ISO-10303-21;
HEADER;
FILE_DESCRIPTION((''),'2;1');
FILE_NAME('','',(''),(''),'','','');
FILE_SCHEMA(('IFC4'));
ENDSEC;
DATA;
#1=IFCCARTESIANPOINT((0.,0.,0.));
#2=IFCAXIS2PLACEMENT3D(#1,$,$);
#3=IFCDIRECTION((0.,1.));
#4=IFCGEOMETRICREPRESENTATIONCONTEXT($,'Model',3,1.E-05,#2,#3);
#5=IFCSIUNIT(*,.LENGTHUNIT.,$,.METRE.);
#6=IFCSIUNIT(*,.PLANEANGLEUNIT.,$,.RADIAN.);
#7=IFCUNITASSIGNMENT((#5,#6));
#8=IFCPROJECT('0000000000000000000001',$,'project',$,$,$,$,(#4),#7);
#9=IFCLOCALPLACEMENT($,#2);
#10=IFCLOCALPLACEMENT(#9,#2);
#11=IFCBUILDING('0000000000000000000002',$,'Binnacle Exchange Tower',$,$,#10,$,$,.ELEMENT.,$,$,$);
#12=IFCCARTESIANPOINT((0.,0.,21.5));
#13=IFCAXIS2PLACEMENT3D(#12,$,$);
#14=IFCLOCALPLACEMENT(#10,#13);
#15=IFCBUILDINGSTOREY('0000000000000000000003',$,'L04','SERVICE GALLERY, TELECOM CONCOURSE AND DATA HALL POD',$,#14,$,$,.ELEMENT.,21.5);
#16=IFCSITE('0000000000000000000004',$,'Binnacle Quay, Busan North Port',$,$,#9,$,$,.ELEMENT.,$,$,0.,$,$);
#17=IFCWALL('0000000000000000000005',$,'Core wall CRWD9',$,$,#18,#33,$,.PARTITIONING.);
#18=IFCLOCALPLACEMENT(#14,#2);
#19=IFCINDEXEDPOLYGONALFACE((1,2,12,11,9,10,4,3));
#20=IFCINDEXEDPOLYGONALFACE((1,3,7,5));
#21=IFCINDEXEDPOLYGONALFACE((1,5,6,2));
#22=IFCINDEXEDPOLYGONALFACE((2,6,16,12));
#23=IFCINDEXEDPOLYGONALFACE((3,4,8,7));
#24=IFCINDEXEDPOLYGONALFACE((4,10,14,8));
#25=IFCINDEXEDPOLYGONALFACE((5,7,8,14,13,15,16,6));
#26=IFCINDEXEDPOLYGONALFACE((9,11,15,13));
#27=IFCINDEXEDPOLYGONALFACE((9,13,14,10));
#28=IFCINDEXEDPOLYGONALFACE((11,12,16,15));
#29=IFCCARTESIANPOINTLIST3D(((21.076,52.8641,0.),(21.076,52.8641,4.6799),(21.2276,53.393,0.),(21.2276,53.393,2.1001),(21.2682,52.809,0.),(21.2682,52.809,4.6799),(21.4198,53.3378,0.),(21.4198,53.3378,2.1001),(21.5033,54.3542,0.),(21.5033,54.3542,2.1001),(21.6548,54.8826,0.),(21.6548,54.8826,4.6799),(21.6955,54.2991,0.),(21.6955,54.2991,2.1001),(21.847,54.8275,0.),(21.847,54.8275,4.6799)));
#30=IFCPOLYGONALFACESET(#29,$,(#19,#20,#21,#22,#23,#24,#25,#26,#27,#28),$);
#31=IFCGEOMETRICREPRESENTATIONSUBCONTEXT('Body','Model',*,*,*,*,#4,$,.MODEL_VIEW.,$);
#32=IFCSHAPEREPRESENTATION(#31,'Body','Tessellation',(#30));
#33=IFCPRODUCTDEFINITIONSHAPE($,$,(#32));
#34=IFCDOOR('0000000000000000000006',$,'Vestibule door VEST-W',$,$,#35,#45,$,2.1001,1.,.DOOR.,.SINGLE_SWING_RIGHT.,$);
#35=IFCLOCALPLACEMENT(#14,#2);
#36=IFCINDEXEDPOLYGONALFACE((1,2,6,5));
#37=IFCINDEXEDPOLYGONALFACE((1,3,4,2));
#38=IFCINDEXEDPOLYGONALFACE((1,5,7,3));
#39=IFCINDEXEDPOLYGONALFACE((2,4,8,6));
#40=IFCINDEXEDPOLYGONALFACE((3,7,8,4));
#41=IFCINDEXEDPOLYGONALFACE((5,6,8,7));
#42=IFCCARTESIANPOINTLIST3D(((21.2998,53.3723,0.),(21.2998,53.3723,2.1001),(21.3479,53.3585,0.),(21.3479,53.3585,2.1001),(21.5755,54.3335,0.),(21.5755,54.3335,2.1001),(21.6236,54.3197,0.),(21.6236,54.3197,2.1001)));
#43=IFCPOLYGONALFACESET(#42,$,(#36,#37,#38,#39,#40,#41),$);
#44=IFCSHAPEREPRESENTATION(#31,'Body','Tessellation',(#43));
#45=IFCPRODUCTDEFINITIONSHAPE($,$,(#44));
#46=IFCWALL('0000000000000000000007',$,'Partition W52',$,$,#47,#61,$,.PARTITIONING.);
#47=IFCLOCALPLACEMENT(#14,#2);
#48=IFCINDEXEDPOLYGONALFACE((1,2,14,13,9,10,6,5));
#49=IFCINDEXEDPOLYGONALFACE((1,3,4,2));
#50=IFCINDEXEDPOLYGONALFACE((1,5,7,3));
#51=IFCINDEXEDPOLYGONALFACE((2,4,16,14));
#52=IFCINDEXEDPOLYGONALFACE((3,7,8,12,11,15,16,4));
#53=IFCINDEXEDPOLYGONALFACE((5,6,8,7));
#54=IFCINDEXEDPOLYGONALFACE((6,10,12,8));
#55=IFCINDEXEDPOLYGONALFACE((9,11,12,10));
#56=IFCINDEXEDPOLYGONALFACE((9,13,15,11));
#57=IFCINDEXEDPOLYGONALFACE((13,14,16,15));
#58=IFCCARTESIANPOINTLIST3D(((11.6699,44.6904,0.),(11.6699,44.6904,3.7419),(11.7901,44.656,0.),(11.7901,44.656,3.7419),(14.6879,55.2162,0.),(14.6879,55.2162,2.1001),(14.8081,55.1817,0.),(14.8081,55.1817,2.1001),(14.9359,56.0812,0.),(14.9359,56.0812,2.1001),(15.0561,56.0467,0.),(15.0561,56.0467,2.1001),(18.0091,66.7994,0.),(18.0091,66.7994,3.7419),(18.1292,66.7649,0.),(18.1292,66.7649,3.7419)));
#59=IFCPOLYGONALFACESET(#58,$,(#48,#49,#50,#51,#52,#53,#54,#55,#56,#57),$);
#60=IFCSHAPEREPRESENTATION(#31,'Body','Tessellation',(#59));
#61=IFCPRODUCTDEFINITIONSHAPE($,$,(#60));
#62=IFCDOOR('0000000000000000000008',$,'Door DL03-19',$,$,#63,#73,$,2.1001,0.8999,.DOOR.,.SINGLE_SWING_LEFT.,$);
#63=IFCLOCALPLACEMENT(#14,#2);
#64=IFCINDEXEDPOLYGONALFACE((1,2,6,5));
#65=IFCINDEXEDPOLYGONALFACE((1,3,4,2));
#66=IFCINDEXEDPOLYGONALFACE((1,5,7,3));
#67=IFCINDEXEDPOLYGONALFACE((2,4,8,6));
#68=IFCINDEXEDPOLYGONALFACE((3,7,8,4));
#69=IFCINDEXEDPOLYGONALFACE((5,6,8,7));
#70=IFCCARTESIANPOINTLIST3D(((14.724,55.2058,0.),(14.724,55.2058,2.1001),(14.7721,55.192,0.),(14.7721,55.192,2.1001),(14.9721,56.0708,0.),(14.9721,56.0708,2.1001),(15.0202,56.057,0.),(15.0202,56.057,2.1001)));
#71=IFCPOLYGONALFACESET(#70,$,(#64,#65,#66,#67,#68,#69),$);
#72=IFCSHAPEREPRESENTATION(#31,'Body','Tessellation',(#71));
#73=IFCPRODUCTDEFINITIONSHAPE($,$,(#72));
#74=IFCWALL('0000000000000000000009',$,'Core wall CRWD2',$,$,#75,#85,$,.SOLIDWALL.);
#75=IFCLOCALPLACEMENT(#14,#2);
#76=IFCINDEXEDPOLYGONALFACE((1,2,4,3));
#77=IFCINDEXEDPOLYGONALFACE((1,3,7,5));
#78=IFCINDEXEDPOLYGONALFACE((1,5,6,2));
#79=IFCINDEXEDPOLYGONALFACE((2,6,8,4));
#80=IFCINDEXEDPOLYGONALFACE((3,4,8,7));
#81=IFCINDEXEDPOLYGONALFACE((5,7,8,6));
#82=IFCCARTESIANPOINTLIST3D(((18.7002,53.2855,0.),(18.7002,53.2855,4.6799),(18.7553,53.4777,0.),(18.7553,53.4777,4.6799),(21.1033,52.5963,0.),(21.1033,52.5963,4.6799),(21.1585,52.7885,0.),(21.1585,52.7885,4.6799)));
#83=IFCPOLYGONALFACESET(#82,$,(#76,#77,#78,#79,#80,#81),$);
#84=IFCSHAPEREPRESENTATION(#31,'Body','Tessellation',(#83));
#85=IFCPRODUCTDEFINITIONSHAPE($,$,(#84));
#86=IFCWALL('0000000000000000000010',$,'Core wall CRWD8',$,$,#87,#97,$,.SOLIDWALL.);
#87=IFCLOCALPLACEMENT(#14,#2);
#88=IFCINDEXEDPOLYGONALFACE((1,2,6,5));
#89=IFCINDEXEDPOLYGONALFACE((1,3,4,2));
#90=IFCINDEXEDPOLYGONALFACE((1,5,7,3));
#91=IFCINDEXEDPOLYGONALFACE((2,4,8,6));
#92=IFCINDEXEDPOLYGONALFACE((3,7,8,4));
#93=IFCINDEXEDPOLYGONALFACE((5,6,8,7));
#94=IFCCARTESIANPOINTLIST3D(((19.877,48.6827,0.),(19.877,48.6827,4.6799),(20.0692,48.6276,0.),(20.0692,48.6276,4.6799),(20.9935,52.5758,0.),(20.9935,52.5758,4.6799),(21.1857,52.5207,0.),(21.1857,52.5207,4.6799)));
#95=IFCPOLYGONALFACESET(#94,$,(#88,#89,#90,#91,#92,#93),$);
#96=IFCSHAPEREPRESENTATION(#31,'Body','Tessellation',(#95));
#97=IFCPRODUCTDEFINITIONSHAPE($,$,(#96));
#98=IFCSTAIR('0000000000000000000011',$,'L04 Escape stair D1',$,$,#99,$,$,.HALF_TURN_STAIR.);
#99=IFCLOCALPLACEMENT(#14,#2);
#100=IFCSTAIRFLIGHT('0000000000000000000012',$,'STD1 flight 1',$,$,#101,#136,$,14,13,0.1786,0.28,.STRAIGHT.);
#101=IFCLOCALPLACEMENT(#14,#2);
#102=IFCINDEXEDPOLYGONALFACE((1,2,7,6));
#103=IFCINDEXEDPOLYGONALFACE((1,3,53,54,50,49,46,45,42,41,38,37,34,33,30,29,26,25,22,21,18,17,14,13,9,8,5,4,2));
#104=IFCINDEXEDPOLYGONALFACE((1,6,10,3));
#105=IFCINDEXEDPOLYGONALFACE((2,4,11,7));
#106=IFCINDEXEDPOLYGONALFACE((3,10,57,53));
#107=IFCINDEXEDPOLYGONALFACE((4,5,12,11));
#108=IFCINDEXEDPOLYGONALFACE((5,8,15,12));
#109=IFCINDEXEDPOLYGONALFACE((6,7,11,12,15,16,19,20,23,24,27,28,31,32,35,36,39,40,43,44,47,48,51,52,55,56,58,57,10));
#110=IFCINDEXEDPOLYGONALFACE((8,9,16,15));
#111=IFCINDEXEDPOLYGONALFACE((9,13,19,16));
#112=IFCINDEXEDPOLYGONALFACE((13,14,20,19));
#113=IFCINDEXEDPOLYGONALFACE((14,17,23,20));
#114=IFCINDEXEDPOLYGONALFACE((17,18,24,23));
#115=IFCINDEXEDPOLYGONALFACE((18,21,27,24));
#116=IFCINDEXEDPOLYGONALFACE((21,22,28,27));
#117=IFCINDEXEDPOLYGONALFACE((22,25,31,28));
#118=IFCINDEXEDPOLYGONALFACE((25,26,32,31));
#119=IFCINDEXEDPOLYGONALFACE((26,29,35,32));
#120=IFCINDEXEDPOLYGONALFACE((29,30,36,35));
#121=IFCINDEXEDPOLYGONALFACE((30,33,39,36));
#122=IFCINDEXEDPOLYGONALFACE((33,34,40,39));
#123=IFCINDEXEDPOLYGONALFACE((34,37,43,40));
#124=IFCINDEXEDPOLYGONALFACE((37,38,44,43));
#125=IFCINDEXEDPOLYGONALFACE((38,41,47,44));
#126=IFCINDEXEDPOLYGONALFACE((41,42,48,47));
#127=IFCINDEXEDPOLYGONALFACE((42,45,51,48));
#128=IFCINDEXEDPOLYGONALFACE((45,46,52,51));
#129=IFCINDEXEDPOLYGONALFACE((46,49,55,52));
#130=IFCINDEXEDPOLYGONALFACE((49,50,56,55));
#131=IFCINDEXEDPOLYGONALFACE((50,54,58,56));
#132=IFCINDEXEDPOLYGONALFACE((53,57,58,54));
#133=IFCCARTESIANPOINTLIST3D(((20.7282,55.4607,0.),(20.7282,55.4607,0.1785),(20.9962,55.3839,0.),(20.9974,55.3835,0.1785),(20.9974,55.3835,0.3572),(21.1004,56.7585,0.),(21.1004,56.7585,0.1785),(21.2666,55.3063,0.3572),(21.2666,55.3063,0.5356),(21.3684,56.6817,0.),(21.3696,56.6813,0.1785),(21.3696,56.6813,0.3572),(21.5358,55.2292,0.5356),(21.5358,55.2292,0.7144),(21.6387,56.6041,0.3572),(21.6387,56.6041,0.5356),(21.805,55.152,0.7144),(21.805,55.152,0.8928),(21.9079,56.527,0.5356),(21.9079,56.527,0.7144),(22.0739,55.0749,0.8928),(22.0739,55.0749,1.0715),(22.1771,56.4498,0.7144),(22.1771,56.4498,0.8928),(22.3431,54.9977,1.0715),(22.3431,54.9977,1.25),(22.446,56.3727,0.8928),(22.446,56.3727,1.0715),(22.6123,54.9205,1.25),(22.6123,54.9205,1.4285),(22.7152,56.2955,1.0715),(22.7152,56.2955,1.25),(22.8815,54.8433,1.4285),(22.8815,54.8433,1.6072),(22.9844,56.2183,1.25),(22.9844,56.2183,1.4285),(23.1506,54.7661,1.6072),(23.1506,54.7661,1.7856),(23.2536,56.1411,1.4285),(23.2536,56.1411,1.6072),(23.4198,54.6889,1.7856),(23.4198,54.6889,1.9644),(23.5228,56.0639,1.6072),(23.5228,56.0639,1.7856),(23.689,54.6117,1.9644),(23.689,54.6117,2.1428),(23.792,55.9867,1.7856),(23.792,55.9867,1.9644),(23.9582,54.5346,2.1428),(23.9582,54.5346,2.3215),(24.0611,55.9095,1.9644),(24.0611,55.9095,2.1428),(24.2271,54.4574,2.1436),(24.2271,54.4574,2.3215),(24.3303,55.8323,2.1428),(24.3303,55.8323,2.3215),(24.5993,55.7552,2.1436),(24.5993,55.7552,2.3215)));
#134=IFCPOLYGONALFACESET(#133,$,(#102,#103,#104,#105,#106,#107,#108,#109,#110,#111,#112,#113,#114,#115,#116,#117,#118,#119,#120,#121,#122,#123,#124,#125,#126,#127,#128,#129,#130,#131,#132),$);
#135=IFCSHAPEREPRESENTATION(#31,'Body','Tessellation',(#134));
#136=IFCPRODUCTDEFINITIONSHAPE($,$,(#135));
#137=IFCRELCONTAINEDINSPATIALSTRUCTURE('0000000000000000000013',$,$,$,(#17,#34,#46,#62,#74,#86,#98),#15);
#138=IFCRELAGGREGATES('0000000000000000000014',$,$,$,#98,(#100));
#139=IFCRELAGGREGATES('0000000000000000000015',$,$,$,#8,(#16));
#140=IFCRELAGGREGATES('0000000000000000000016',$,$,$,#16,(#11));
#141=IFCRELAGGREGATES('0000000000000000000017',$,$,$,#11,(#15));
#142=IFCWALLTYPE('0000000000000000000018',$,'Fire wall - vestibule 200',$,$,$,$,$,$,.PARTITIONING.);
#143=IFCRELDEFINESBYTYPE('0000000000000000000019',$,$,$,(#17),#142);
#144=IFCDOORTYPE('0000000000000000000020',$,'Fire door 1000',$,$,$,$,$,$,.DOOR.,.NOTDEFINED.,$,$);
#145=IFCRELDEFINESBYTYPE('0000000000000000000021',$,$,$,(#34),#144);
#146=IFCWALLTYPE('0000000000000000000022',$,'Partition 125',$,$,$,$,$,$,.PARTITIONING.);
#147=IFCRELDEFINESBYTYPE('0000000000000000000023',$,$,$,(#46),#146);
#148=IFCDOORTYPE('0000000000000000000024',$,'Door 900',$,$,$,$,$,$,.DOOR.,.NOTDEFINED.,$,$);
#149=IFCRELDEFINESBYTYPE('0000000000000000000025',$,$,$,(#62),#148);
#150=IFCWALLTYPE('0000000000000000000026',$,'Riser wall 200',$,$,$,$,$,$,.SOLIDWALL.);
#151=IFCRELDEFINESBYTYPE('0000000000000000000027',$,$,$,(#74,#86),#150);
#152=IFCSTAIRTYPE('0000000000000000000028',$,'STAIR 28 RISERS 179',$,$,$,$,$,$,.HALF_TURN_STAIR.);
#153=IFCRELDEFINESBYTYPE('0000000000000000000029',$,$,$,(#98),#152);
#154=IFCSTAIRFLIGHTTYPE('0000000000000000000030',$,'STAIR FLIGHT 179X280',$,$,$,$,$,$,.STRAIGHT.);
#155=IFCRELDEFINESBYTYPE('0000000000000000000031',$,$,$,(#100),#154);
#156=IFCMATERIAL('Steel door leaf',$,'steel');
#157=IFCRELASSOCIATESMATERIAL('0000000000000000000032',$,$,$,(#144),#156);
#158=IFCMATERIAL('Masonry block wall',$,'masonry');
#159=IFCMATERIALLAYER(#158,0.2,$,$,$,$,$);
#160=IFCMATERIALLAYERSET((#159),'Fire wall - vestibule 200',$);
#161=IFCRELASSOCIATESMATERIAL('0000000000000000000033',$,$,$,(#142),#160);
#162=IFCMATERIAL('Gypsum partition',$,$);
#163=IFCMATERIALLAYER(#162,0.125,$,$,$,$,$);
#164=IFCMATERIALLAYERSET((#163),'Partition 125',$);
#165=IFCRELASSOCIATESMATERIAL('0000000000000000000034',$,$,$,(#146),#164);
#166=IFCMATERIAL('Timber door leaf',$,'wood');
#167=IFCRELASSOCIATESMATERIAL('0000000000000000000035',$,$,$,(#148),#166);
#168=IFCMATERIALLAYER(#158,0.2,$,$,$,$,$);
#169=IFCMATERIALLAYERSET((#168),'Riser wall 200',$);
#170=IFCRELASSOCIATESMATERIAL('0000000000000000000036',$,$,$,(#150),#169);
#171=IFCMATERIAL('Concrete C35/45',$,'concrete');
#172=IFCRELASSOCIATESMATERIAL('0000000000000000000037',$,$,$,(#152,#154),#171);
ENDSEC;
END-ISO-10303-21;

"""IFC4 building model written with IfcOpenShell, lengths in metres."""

from ifc_helpers import new_model, si_unit, direction, frame, frame_2d, origin, place, context, subcontext, project, spatial, polyline, rectangle, outline, extrude, material, layer, layer_set, type_object, element, fill, aggregate, save


model = new_model("IFC4")

# Units and contexts
model_context = context("Model", 3, precision=1e-05, world=origin(), true_north=direction((0.0, 1.0)))
body_context = subcontext(model_context, "Body", "Model", "MODEL_VIEW")
ifc_project = project(units=[si_unit("LENGTHUNIT", "METRE"), si_unit("PLANEANGLEUNIT", "RADIAN")], contexts=[model_context])

# Site, building, storey
site_placement = place(None, origin())
site = spatial("IfcSite", under=ifc_project, at=site_placement, Name="Binnacle Quay, Busan North Port", CompositionType="ELEMENT", RefElevation=0.0)
building_placement = place(site_placement, origin())
building = spatial("IfcBuilding", under=site, at=building_placement, Name="Binnacle Exchange Tower", CompositionType="ELEMENT")
storey_placement = place(building_placement, frame((0.0, 0.0, 21.5)))
storey = spatial("IfcBuildingStorey", under=building, at=storey_placement, Name="L04", Description="SERVICE GALLERY, TELECOM CONCOURSE AND DATA HALL POD", CompositionType="ELEMENT", Elevation=21.5)

# Shared definitions
ifc_material_1 = material(Name="Steel door leaf", Category="steel")

# Walls, openings, doors
door_type_1 = type_object("IfcDoorType", Name="Fire door 1000", OperationType="NOTDEFINED", PredefinedType="DOOR", material=ifc_material_1)
ifc_material_2 = material(Name="Masonry block wall", Category="masonry")
ifc_layer_1 = layer(ifc_material_2, 0.2)
ifc_layer_set_1 = layer_set([ifc_layer_1], Name="Fire wall - vestibule 200")
wall_type_1 = type_object("IfcWallType", Name="Fire wall - vestibule 200", PredefinedType="PARTITIONING", material=ifc_layer_set_1)
wall_1_placement = place(storey_placement, frame((21.1721, 52.8367, 0.0), z_axis=(0.0, 0.0, 1.0), x_axis=(0.275658, 0.961256, 0.0)))
wall_1 = element("IfcWall", 1, at=wall_1_placement, inside=storey, type_object=wall_type_1, Name="Core wall CRWD9", PredefinedType="PARTITIONING", context=body_context, shape_type="SweptSolid", body=[
    extrude(rectangle(XDim=2.0999, YDim=0.2, at=frame_2d((1.0498, 0.0))), origin(), (0.0, 0.0, 1.0), 4.6799),
])
opening_1_placement = place(wall_1_placement, frame((0.55, 0.0, 0.0)))
opening_1 = element("IfcOpeningElement", 2, at=opening_1_placement, cuts=wall_1, PredefinedType="OPENING", context=body_context, shape_type="SweptSolid", body=[
    extrude(rectangle(XDim=1.0, YDim=2.1001, at=frame_2d((0.5, 1.05))), frame((0.0, 0.1099, 0.0), z_axis=(0.0, -1.0, 0.0), x_axis=(1.0, 0.0, 0.0)), (0.0, 0.0, 1.0), 0.22),
])
door_1_placement = place(opening_1_placement, origin())
door_1 = element("IfcDoor", 3, at=door_1_placement, inside=storey, type_object=door_type_1, Name="Vestibule door VEST-W", OperationType="SINGLE_SWING_RIGHT", OverallHeight=2.1001, OverallWidth=1.0, PredefinedType="DOOR", context=body_context, shape_type="SweptSolid", body=[
    extrude(rectangle(XDim=1.0, YDim=2.1001, at=frame_2d((0.5, 1.05))), frame((0.0, 0.0249, 0.0), z_axis=(0.0, -1.0, 0.0), x_axis=(1.0, 0.0, 0.0)), (0.0, 0.0, 1.0), 0.05),
])
fill(opening_1, door_1)
ifc_material_3 = material(Name="Gypsum partition")
ifc_layer_2 = layer(ifc_material_3, 0.125)
ifc_layer_set_2 = layer_set([ifc_layer_2], Name="Partition 125")
wall_type_2 = type_object("IfcWallType", Name="Partition 125", PredefinedType="PARTITIONING", material=ifc_layer_set_2)
wall_2_placement = place(storey_placement, frame((11.73, 44.6731, 0.0), z_axis=(0.0, 0.0, 1.0), x_axis=(0.275617, 0.961268, 0.0)))
wall_2 = element("IfcWall", 4, at=wall_2_placement, inside=storey, type_object=wall_type_2, Name="Partition W52", PredefinedType="PARTITIONING", context=body_context, shape_type="SweptSolid", body=[
    extrude(rectangle(XDim=22.9998, YDim=0.125, at=frame_2d((11.5, 0.0))), origin(), (0.0, 0.0, 1.0), 3.7419),
])
opening_2_placement = place(wall_2_placement, frame((10.95, 0.0, 0.0)))
opening_2 = element("IfcOpeningElement", 5, at=opening_2_placement, cuts=wall_2, PredefinedType="OPENING", context=body_context, shape_type="SweptSolid", body=[
    extrude(rectangle(XDim=0.8999, YDim=2.1001, at=frame_2d((0.45, 1.05))), frame((0.0, 0.0725, 0.0), z_axis=(0.0, -1.0, 0.0), x_axis=(1.0, 0.0, 0.0)), (0.0, 0.0, 1.0), 0.145),
])
ifc_material_4 = material(Name="Timber door leaf", Category="wood")
door_type_2 = type_object("IfcDoorType", Name="Door 900", OperationType="NOTDEFINED", PredefinedType="DOOR", material=ifc_material_4)
door_2_placement = place(opening_2_placement, origin())
door_2 = element("IfcDoor", 6, at=door_2_placement, inside=storey, type_object=door_type_2, Name="Door DL03-19", OperationType="SINGLE_SWING_LEFT", OverallHeight=2.1001, OverallWidth=0.8999, PredefinedType="DOOR", context=body_context, shape_type="SweptSolid", body=[
    extrude(rectangle(XDim=0.8999, YDim=2.1001, at=frame_2d((0.45, 1.05))), frame((0.0, 0.0249, 0.0), z_axis=(0.0, -1.0, 0.0), x_axis=(1.0, 0.0, 0.0)), (0.0, 0.0, 1.0), 0.05),
])
fill(opening_2, door_2)

# Walls
ifc_layer_3 = layer(ifc_material_2, 0.2)
ifc_layer_set_3 = layer_set([ifc_layer_3], Name="Riser wall 200")
wall_type_3 = type_object("IfcWallType", Name="Riser wall 200", PredefinedType="SOLIDWALL", material=ifc_layer_set_3)
wall_3_placement = place(storey_placement, frame((18.7278, 53.3816, 0.0), z_axis=(0.0, 0.0, 1.0), x_axis=(0.961247, -0.275688, 0.0)))
element("IfcWall", 7, at=wall_3_placement, inside=storey, type_object=wall_type_3, Name="Core wall CRWD2", PredefinedType="SOLIDWALL", context=body_context, shape_type="SweptSolid", body=[
    extrude(rectangle(XDim=2.5, YDim=0.2, at=frame_2d((1.25, 0.0))), origin(), (0.0, 0.0, 1.0), 4.6799),
])
wall_4_placement = place(storey_placement, frame((19.9731, 48.6553, 0.0), z_axis=(0.0, 0.0, 1.0), x_axis=(0.275668, 0.961253, 0.0)))
element("IfcWall", 8, at=wall_4_placement, inside=storey, type_object=wall_type_3, Name="Core wall CRWD8", PredefinedType="SOLIDWALL", context=body_context, shape_type="SweptSolid", body=[
    extrude(rectangle(XDim=4.05, YDim=0.2, at=frame_2d((2.0249, 0.0))), origin(), (0.0, 0.0, 1.0), 4.6799),
])

# Stair, stair flight
ifc_material_5 = material(Name="Concrete C35/45", Category="concrete")
stair_type = type_object("IfcStairType", Name="STAIR 28 RISERS 179", PredefinedType="HALF_TURN_STAIR", material=ifc_material_5)
stair_placement = place(storey_placement, origin())
stair = element("IfcStair", 9, at=stair_placement, inside=storey, type_object=stair_type, Name="L04 Escape stair D1", PredefinedType="HALF_TURN_STAIR")
stair_flight_type = type_object("IfcStairFlightType", Name="STAIR FLIGHT 179X280", PredefinedType="STRAIGHT", material=ifc_material_5)
stair_flight_placement = place(storey_placement, frame((20.9143, 56.1096, 0.0), z_axis=(0.0, 0.0, 1.0), x_axis=(0.961262, -0.275637, 0.0)))
stair_flight = element("IfcStairFlight", 10, at=stair_flight_placement, type_object=stair_flight_type, Name="STD1 flight 1", NumberOfRisers=14, NumberOfTreads=13, PredefinedType="STRAIGHT", RiserHeight=0.1786, TreadLength=0.28, context=body_context, shape_type="SweptSolid", body=[
    extrude(outline(polyline([(0.0, 0.0), (0.0, 0.1785), (0.28, 0.1785), (0.28, 0.3572), (0.5601, 0.3572), (0.5601, 0.5356), (0.8401, 0.5356), (0.8401, 0.7144), (1.1201, 0.7144), (1.1201, 0.8928), (1.3999, 0.8928), (1.3999, 1.0715), (1.6799, 1.0715), (1.6799, 1.25), (1.96, 1.25), (1.96, 1.4285), (2.24, 1.4285), (2.24, 1.6072), (2.52, 1.6072), (2.52, 1.7856), (2.8, 1.7856), (2.8, 1.9644), (3.0801, 1.9644), (3.0801, 2.1428), (3.3601, 2.1428), (3.3601, 2.3215), (3.6399, 2.3215), (3.6399, 2.5), (3.6399, 2.1436), (0.2788, 0.0), (0.0, 0.0)])), frame((0.0, 0.675, 0.0), z_axis=(0.0, -1.0, 0.0), x_axis=(1.0, 0.0, 0.0)), (0.0, 0.0, 1.0), 1.3501),
])
aggregate(stair, [stair_flight])

save(model, "model.ifc")
